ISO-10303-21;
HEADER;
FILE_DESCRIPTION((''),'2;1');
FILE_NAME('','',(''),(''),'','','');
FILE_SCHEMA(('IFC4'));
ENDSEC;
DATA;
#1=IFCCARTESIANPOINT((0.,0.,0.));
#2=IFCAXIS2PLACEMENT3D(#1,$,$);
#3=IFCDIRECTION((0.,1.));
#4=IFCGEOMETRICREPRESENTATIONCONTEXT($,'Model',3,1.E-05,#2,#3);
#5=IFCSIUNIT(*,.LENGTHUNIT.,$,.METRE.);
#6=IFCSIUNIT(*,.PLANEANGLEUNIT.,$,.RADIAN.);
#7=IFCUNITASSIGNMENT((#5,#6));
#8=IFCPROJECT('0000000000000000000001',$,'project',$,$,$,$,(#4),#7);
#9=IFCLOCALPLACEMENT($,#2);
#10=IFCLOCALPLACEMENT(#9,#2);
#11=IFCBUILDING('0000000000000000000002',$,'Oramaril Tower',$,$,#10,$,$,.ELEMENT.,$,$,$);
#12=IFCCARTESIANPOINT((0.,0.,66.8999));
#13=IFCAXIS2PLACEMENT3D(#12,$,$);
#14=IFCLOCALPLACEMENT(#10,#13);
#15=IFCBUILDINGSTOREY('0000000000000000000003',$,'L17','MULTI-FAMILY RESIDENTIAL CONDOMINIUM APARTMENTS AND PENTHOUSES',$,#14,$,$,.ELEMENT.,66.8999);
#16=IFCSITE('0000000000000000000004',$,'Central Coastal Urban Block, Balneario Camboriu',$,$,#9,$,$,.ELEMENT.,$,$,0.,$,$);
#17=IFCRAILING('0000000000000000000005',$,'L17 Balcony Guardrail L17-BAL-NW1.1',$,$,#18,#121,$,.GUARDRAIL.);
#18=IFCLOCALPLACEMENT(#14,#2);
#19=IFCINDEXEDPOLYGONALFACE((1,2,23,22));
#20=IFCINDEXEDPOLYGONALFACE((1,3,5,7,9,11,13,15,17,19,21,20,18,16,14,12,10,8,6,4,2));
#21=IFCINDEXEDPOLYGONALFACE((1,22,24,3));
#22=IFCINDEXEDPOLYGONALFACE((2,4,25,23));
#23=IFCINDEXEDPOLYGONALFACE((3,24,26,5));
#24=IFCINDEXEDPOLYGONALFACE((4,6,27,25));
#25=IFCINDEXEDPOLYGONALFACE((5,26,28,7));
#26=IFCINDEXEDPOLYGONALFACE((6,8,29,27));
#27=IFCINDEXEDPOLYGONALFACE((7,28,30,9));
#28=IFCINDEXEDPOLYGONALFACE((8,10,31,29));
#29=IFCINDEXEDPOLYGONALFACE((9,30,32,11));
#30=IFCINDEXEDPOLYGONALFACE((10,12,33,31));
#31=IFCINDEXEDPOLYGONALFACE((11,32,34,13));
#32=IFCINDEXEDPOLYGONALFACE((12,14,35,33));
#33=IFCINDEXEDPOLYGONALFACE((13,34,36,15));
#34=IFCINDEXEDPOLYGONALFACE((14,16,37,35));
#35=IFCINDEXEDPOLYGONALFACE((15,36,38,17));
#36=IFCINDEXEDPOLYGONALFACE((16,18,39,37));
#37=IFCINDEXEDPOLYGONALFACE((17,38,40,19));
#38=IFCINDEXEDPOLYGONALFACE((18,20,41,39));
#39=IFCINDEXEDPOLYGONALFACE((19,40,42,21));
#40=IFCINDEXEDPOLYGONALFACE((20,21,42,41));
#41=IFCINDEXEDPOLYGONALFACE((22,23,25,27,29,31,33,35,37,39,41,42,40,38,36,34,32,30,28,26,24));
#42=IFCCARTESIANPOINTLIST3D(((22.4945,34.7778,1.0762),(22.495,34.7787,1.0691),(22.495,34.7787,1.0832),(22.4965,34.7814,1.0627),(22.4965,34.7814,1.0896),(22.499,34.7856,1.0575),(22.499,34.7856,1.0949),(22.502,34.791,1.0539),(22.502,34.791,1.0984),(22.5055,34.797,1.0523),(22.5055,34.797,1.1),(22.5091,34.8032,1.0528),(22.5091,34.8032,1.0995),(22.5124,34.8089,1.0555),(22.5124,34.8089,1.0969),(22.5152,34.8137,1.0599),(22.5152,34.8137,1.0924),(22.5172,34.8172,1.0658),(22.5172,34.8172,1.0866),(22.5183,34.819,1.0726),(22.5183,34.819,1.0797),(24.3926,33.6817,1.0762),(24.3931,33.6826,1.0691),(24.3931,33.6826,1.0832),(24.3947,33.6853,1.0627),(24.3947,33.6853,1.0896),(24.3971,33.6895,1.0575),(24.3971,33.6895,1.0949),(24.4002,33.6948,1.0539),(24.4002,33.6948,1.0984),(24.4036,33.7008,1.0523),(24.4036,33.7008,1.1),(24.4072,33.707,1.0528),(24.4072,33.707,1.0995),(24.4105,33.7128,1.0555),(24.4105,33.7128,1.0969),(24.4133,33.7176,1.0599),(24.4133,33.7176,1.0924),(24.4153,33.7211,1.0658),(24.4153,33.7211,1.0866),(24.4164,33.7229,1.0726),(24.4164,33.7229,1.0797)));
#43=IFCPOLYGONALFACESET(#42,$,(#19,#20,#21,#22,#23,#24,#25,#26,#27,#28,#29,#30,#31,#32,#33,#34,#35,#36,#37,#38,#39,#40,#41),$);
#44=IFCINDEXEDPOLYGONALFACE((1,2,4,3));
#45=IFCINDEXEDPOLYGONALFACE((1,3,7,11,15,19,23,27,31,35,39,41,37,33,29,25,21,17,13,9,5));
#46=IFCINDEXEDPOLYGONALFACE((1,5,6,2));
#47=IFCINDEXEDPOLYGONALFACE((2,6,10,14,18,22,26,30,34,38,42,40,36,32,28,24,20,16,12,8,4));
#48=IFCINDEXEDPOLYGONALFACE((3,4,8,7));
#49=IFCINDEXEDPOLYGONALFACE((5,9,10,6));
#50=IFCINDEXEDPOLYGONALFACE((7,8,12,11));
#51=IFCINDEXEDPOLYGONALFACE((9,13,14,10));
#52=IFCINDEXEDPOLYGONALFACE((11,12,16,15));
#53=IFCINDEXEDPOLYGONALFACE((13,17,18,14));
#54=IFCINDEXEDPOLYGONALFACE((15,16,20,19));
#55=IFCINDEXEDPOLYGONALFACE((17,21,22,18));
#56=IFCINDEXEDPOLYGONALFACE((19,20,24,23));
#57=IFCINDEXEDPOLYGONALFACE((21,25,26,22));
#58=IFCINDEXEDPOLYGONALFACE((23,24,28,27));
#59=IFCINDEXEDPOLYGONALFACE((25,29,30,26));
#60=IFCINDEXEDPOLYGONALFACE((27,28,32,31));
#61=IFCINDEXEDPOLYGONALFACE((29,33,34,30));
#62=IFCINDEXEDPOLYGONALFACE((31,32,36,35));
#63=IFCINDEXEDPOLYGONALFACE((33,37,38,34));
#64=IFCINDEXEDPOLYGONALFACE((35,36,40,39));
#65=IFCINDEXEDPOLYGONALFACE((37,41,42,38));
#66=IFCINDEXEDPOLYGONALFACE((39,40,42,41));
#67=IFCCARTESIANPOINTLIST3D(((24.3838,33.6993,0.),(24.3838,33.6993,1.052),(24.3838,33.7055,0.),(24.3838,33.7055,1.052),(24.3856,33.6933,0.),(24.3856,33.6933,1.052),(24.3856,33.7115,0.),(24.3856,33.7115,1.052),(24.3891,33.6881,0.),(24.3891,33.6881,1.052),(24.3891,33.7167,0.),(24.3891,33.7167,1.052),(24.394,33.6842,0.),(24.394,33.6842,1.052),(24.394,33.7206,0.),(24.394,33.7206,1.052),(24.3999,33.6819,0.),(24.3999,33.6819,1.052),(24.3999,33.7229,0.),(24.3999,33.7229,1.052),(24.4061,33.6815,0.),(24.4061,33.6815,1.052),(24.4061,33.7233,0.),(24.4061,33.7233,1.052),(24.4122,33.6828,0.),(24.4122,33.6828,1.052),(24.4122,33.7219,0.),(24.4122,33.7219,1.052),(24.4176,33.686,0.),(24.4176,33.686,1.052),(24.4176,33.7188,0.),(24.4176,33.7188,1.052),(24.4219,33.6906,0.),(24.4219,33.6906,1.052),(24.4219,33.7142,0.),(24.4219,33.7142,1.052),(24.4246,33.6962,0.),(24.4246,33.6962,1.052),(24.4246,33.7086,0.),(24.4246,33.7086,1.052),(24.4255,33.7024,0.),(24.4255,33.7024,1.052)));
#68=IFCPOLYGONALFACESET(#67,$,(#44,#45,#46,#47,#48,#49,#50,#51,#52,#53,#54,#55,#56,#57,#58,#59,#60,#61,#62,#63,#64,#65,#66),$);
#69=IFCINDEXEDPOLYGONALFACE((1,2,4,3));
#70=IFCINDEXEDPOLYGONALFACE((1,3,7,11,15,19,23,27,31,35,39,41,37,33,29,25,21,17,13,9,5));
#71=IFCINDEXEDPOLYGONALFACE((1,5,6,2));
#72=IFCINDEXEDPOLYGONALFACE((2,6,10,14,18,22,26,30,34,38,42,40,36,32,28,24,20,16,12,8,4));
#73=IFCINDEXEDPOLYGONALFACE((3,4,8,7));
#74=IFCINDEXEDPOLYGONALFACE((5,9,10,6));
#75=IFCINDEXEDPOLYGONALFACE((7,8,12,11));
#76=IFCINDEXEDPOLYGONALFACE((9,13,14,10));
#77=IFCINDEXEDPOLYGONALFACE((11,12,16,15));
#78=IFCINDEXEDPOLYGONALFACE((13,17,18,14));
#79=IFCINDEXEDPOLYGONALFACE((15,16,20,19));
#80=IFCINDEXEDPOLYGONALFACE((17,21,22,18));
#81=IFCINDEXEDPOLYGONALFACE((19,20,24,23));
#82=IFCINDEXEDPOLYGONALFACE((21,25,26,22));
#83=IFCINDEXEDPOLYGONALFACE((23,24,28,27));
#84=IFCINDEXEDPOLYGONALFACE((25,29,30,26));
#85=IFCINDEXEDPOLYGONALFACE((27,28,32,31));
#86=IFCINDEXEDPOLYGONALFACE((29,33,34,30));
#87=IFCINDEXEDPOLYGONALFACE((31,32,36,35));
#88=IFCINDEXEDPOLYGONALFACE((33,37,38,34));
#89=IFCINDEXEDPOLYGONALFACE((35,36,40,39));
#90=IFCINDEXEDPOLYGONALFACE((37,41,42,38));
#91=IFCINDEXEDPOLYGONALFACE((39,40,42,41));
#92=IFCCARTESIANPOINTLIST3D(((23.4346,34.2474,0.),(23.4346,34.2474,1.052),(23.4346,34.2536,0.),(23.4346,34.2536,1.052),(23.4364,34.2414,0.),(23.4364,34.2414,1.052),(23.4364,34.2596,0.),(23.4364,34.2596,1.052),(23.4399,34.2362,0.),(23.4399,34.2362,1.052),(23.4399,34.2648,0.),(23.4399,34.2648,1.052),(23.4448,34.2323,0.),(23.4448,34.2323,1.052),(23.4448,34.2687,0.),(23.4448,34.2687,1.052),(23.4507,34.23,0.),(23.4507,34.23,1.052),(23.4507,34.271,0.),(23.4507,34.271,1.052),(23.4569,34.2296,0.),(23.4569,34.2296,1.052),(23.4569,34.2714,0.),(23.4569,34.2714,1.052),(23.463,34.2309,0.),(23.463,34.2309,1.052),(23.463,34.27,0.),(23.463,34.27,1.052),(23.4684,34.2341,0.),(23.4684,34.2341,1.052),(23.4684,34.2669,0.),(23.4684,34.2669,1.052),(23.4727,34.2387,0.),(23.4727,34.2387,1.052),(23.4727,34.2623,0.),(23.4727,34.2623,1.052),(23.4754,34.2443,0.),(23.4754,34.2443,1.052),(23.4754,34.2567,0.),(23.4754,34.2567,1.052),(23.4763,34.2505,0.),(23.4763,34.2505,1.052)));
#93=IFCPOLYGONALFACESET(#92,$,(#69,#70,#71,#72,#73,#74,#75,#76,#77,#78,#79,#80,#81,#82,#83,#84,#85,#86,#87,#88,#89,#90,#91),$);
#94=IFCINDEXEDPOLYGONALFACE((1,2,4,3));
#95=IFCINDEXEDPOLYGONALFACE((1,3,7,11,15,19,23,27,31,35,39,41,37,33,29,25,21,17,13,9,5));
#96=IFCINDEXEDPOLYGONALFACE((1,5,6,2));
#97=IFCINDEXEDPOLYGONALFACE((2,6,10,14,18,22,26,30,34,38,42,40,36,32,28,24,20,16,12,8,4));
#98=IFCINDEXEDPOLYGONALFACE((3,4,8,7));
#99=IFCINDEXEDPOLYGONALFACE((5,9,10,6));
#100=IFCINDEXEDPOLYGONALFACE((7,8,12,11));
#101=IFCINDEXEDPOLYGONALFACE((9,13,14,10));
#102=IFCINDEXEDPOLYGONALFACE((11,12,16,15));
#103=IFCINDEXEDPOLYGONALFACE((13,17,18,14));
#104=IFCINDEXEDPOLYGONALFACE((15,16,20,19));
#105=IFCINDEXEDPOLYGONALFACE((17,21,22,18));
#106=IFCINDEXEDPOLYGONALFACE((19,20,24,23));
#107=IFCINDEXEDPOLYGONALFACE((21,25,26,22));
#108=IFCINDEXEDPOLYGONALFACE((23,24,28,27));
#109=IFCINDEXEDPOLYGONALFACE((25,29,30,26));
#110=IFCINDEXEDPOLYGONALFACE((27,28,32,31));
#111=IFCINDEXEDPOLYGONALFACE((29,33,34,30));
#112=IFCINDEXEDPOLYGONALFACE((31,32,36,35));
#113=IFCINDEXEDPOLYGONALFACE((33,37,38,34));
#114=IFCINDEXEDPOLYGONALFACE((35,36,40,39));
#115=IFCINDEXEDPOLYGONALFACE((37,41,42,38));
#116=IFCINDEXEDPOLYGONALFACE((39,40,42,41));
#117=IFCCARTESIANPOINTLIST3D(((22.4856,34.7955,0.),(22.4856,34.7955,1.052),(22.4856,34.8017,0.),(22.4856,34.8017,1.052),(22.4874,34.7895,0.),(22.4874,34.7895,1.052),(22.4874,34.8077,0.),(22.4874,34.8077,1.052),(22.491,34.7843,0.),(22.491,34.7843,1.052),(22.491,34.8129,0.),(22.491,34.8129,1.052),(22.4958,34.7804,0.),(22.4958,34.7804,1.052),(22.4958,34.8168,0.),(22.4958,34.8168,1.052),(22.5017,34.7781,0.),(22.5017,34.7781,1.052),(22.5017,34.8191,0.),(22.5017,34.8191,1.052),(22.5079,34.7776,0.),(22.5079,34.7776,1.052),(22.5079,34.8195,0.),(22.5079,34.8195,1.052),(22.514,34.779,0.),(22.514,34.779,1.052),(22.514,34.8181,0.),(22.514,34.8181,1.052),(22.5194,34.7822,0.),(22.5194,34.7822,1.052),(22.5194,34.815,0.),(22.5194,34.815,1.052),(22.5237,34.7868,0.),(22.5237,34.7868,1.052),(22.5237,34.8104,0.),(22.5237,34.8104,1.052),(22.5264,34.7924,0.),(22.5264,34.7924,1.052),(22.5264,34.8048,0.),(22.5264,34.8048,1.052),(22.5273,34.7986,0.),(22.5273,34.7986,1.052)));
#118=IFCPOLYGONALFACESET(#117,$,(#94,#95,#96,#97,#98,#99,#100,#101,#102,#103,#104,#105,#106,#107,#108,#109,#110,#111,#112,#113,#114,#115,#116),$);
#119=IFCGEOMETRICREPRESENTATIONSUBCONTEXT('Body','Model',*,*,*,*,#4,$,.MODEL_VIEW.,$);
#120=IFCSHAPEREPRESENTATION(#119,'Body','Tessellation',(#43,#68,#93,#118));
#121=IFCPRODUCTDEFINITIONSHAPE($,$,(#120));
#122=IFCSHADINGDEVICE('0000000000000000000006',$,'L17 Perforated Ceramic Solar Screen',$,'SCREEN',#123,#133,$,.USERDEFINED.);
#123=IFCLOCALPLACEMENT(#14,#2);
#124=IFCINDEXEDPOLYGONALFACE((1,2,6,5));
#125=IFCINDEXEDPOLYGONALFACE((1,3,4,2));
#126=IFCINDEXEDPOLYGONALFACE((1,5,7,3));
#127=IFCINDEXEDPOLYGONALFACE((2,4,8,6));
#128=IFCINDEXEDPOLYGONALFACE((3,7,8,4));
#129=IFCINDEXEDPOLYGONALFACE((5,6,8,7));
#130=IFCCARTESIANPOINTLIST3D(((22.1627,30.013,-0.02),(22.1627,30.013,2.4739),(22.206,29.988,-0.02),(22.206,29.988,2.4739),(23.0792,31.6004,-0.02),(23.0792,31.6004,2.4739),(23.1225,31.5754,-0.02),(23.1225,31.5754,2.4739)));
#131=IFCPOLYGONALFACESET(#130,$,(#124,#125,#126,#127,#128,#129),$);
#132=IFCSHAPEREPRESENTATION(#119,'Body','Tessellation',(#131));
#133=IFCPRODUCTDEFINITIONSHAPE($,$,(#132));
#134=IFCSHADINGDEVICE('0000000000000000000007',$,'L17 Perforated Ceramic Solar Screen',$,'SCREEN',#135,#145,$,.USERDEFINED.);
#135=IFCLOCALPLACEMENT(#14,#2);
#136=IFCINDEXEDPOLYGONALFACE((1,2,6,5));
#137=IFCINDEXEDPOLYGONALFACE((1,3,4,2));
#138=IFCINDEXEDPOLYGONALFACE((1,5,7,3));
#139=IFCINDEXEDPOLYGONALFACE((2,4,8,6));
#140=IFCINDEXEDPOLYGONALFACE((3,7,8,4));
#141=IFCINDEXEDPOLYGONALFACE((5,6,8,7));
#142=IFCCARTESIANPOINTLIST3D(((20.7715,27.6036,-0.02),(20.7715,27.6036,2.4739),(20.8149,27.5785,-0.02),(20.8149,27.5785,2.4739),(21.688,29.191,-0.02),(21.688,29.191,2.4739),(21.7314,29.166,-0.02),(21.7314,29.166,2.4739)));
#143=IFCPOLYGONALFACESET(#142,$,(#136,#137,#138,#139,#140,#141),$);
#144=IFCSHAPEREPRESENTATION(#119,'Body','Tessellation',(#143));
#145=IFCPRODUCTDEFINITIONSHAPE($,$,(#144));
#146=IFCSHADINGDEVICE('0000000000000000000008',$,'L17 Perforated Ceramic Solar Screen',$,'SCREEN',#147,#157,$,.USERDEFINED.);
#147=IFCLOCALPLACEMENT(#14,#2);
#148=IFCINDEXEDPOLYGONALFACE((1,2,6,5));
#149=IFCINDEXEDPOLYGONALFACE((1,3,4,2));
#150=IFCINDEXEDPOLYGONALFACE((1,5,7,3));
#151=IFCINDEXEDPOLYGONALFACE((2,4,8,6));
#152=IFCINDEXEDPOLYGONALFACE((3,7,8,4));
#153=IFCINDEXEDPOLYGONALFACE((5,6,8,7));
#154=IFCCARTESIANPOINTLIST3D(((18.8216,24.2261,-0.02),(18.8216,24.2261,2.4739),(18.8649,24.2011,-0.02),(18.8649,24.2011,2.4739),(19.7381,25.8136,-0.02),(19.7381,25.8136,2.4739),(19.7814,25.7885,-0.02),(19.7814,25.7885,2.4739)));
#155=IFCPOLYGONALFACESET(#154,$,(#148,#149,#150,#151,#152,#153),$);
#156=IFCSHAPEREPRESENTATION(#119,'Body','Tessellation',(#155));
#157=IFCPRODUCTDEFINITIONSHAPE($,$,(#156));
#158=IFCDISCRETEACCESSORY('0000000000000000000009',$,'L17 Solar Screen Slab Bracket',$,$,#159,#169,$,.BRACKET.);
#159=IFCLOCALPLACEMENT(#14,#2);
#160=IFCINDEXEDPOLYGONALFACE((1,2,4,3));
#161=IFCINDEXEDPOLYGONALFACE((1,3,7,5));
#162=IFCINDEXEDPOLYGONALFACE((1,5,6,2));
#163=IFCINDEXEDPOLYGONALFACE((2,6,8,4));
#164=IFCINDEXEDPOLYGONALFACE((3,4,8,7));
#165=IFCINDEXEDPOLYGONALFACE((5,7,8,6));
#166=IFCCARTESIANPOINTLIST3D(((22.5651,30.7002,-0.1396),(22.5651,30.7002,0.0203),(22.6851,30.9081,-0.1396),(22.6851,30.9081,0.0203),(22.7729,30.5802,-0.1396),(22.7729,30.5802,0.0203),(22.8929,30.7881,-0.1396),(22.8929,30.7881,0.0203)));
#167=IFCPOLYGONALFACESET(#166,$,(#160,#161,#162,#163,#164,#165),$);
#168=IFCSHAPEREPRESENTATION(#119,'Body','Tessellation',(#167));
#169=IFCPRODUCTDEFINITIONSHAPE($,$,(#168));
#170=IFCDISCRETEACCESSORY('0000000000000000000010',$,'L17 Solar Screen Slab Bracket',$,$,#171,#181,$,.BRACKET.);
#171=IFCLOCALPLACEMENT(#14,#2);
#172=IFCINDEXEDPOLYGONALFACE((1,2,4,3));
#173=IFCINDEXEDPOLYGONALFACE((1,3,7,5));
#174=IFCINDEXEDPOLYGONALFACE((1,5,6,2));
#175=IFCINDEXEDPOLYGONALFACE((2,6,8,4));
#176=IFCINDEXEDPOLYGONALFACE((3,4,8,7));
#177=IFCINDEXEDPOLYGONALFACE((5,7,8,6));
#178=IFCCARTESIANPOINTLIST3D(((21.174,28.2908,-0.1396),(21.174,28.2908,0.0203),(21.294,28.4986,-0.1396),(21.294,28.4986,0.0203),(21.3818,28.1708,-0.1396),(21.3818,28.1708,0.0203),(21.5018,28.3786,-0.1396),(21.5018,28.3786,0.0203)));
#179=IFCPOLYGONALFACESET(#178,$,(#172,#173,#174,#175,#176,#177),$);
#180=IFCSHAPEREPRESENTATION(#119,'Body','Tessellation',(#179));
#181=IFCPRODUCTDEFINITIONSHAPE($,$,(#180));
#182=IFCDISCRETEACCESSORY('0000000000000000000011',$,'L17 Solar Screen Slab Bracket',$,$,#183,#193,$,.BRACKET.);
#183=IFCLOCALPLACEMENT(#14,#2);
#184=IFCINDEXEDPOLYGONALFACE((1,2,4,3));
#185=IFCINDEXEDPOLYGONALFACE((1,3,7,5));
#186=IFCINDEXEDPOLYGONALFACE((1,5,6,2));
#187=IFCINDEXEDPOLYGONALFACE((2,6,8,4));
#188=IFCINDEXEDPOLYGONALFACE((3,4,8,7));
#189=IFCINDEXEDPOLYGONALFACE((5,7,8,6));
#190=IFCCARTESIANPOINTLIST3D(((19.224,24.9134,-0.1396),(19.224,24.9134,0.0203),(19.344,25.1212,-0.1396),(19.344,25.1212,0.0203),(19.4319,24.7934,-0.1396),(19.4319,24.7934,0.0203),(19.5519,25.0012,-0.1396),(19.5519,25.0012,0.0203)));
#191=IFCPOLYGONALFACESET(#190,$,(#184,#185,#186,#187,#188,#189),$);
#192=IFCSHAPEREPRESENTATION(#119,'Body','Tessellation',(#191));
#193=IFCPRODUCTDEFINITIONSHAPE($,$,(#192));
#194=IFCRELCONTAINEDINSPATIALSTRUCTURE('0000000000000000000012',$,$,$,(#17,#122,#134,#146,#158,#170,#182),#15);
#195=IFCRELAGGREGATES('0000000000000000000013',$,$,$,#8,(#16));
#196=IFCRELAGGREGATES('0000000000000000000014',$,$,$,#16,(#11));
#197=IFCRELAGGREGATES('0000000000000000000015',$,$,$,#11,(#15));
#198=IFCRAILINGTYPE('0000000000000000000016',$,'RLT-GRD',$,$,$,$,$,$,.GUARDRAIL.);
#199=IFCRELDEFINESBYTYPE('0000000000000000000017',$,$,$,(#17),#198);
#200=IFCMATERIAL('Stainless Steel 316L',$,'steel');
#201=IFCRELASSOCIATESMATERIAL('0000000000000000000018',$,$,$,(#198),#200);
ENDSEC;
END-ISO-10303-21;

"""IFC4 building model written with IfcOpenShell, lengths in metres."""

from ifc_helpers import new_model, si_unit, direction, frame, origin, origin_2d, place, context, subcontext, project, spatial, rectangle, circle, extrude, material, type_object, element, save


model = new_model("IFC4")

# Units and contexts
model_context = context("Model", 3, precision=1e-05, world=origin(), true_north=direction((0.0, 1.0)))
body_context = subcontext(model_context, "Body", "Model", "MODEL_VIEW")
ifc_project = project(units=[si_unit("LENGTHUNIT", "METRE"), si_unit("PLANEANGLEUNIT", "RADIAN")], contexts=[model_context])

# Site, building, storey
site_placement = place(None, origin())
site = spatial("IfcSite", under=ifc_project, at=site_placement, Name="Central Coastal Urban Block, Balneario Camboriu", CompositionType="ELEMENT", RefElevation=0.0)
building_placement = place(site_placement, origin())
building = spatial("IfcBuilding", under=site, at=building_placement, Name="Oramaril Tower", CompositionType="ELEMENT")
storey_placement = place(building_placement, frame((0.0, 0.0, 66.8999)))
storey = spatial("IfcBuildingStorey", under=building, at=storey_placement, Name="L17", Description="MULTI-FAMILY RESIDENTIAL CONDOMINIUM APARTMENTS AND PENTHOUSES", CompositionType="ELEMENT", Elevation=66.8999)

# Railing
ifc_material_1 = material(Name="Stainless Steel 316L", Category="steel")
railing_type = type_object("IfcRailingType", Name="RLT-GRD", PredefinedType="GUARDRAIL", material=ifc_material_1)
railing_placement = place(storey_placement, frame((24.4045, 33.7024, 0.0)))
element("IfcRailing", 1, at=railing_placement, inside=storey, type_object=railing_type, Name="L17 Balcony Guardrail L17-BAL-NW1.1", PredefinedType="GUARDRAIL", context=body_context, shape_type="SweptSolid", body=[
    extrude(circle(Radius=0.0239, at=origin_2d()), frame((0.0, 0.0, 1.0762), z_axis=(-0.865972, 0.500092, 0.0), x_axis=(-0.500092, -0.865972, 0.0)), (0.0, 0.0, 1.0), 2.1919),
    extrude(circle(Radius=0.021, at=origin_2d()), origin(), (0.0, 0.0, 1.0), 1.052),
    extrude(circle(Radius=0.021, at=origin_2d()), frame((-0.9492, 0.5481, 0.0)), (0.0, 0.0, 1.0), 1.052),
    extrude(circle(Radius=0.021, at=origin_2d()), frame((-1.8982, 1.0962, 0.0)), (0.0, 0.0, 1.0), 1.052),
])

# Shading devices
for number, where, z_axis, x_axis, name in (
    (2, (22.6426, 30.7942, -0.02), (0.0, 0.0, 1.0), (-0.5, -0.866025, 0.0), "L17 Perforated Ceramic Solar Screen"),
    (3, (21.2515, 28.3848, -0.02), (0.0, 0.0, 1.0), (-0.5, -0.866025, 0.0), "L17 Perforated Ceramic Solar Screen"),
    (4, (19.3015, 25.0073, -0.02), (0.0, 0.0, 1.0), (-0.5, -0.866025, 0.0), "L17 Perforated Ceramic Solar Screen"),
):
    element("IfcShadingDevice", number, at=place(storey_placement, frame(where, z_axis=z_axis, x_axis=x_axis)), inside=storey, Name=name, ObjectType="SCREEN", PredefinedType="USERDEFINED", context=body_context, shape_type="SweptSolid", body=[
        extrude(rectangle(XDim=1.833, YDim=0.05, at=origin_2d()), origin(), (0.0, 0.0, 1.0), 2.4939),
    ])

# Discrete accessories
for number, where, z_axis, x_axis, name in (
    (5, (22.729, 30.7441, -0.1396), (0.0, 0.0, 1.0), (-0.5, -0.866025, 0.0), "L17 Solar Screen Slab Bracket"),
    (6, (21.3379, 28.3347, -0.1396), (0.0, 0.0, 1.0), (-0.5, -0.866025, 0.0), "L17 Solar Screen Slab Bracket"),
    (7, (19.3879, 24.9573, -0.1396), (0.0, 0.0, 1.0), (-0.5, -0.866025, 0.0), "L17 Solar Screen Slab Bracket"),
):
    element("IfcDiscreteAccessory", number, at=place(storey_placement, frame(where, z_axis=z_axis, x_axis=x_axis)), inside=storey, Name=name, PredefinedType="BRACKET", context=body_context, shape_type="SweptSolid", body=[
        extrude(rectangle(XDim=0.24, YDim=0.24, at=origin_2d()), origin(), (0.0, 0.0, 1.0), 0.1599),
    ])

save(model, "model.ifc")
